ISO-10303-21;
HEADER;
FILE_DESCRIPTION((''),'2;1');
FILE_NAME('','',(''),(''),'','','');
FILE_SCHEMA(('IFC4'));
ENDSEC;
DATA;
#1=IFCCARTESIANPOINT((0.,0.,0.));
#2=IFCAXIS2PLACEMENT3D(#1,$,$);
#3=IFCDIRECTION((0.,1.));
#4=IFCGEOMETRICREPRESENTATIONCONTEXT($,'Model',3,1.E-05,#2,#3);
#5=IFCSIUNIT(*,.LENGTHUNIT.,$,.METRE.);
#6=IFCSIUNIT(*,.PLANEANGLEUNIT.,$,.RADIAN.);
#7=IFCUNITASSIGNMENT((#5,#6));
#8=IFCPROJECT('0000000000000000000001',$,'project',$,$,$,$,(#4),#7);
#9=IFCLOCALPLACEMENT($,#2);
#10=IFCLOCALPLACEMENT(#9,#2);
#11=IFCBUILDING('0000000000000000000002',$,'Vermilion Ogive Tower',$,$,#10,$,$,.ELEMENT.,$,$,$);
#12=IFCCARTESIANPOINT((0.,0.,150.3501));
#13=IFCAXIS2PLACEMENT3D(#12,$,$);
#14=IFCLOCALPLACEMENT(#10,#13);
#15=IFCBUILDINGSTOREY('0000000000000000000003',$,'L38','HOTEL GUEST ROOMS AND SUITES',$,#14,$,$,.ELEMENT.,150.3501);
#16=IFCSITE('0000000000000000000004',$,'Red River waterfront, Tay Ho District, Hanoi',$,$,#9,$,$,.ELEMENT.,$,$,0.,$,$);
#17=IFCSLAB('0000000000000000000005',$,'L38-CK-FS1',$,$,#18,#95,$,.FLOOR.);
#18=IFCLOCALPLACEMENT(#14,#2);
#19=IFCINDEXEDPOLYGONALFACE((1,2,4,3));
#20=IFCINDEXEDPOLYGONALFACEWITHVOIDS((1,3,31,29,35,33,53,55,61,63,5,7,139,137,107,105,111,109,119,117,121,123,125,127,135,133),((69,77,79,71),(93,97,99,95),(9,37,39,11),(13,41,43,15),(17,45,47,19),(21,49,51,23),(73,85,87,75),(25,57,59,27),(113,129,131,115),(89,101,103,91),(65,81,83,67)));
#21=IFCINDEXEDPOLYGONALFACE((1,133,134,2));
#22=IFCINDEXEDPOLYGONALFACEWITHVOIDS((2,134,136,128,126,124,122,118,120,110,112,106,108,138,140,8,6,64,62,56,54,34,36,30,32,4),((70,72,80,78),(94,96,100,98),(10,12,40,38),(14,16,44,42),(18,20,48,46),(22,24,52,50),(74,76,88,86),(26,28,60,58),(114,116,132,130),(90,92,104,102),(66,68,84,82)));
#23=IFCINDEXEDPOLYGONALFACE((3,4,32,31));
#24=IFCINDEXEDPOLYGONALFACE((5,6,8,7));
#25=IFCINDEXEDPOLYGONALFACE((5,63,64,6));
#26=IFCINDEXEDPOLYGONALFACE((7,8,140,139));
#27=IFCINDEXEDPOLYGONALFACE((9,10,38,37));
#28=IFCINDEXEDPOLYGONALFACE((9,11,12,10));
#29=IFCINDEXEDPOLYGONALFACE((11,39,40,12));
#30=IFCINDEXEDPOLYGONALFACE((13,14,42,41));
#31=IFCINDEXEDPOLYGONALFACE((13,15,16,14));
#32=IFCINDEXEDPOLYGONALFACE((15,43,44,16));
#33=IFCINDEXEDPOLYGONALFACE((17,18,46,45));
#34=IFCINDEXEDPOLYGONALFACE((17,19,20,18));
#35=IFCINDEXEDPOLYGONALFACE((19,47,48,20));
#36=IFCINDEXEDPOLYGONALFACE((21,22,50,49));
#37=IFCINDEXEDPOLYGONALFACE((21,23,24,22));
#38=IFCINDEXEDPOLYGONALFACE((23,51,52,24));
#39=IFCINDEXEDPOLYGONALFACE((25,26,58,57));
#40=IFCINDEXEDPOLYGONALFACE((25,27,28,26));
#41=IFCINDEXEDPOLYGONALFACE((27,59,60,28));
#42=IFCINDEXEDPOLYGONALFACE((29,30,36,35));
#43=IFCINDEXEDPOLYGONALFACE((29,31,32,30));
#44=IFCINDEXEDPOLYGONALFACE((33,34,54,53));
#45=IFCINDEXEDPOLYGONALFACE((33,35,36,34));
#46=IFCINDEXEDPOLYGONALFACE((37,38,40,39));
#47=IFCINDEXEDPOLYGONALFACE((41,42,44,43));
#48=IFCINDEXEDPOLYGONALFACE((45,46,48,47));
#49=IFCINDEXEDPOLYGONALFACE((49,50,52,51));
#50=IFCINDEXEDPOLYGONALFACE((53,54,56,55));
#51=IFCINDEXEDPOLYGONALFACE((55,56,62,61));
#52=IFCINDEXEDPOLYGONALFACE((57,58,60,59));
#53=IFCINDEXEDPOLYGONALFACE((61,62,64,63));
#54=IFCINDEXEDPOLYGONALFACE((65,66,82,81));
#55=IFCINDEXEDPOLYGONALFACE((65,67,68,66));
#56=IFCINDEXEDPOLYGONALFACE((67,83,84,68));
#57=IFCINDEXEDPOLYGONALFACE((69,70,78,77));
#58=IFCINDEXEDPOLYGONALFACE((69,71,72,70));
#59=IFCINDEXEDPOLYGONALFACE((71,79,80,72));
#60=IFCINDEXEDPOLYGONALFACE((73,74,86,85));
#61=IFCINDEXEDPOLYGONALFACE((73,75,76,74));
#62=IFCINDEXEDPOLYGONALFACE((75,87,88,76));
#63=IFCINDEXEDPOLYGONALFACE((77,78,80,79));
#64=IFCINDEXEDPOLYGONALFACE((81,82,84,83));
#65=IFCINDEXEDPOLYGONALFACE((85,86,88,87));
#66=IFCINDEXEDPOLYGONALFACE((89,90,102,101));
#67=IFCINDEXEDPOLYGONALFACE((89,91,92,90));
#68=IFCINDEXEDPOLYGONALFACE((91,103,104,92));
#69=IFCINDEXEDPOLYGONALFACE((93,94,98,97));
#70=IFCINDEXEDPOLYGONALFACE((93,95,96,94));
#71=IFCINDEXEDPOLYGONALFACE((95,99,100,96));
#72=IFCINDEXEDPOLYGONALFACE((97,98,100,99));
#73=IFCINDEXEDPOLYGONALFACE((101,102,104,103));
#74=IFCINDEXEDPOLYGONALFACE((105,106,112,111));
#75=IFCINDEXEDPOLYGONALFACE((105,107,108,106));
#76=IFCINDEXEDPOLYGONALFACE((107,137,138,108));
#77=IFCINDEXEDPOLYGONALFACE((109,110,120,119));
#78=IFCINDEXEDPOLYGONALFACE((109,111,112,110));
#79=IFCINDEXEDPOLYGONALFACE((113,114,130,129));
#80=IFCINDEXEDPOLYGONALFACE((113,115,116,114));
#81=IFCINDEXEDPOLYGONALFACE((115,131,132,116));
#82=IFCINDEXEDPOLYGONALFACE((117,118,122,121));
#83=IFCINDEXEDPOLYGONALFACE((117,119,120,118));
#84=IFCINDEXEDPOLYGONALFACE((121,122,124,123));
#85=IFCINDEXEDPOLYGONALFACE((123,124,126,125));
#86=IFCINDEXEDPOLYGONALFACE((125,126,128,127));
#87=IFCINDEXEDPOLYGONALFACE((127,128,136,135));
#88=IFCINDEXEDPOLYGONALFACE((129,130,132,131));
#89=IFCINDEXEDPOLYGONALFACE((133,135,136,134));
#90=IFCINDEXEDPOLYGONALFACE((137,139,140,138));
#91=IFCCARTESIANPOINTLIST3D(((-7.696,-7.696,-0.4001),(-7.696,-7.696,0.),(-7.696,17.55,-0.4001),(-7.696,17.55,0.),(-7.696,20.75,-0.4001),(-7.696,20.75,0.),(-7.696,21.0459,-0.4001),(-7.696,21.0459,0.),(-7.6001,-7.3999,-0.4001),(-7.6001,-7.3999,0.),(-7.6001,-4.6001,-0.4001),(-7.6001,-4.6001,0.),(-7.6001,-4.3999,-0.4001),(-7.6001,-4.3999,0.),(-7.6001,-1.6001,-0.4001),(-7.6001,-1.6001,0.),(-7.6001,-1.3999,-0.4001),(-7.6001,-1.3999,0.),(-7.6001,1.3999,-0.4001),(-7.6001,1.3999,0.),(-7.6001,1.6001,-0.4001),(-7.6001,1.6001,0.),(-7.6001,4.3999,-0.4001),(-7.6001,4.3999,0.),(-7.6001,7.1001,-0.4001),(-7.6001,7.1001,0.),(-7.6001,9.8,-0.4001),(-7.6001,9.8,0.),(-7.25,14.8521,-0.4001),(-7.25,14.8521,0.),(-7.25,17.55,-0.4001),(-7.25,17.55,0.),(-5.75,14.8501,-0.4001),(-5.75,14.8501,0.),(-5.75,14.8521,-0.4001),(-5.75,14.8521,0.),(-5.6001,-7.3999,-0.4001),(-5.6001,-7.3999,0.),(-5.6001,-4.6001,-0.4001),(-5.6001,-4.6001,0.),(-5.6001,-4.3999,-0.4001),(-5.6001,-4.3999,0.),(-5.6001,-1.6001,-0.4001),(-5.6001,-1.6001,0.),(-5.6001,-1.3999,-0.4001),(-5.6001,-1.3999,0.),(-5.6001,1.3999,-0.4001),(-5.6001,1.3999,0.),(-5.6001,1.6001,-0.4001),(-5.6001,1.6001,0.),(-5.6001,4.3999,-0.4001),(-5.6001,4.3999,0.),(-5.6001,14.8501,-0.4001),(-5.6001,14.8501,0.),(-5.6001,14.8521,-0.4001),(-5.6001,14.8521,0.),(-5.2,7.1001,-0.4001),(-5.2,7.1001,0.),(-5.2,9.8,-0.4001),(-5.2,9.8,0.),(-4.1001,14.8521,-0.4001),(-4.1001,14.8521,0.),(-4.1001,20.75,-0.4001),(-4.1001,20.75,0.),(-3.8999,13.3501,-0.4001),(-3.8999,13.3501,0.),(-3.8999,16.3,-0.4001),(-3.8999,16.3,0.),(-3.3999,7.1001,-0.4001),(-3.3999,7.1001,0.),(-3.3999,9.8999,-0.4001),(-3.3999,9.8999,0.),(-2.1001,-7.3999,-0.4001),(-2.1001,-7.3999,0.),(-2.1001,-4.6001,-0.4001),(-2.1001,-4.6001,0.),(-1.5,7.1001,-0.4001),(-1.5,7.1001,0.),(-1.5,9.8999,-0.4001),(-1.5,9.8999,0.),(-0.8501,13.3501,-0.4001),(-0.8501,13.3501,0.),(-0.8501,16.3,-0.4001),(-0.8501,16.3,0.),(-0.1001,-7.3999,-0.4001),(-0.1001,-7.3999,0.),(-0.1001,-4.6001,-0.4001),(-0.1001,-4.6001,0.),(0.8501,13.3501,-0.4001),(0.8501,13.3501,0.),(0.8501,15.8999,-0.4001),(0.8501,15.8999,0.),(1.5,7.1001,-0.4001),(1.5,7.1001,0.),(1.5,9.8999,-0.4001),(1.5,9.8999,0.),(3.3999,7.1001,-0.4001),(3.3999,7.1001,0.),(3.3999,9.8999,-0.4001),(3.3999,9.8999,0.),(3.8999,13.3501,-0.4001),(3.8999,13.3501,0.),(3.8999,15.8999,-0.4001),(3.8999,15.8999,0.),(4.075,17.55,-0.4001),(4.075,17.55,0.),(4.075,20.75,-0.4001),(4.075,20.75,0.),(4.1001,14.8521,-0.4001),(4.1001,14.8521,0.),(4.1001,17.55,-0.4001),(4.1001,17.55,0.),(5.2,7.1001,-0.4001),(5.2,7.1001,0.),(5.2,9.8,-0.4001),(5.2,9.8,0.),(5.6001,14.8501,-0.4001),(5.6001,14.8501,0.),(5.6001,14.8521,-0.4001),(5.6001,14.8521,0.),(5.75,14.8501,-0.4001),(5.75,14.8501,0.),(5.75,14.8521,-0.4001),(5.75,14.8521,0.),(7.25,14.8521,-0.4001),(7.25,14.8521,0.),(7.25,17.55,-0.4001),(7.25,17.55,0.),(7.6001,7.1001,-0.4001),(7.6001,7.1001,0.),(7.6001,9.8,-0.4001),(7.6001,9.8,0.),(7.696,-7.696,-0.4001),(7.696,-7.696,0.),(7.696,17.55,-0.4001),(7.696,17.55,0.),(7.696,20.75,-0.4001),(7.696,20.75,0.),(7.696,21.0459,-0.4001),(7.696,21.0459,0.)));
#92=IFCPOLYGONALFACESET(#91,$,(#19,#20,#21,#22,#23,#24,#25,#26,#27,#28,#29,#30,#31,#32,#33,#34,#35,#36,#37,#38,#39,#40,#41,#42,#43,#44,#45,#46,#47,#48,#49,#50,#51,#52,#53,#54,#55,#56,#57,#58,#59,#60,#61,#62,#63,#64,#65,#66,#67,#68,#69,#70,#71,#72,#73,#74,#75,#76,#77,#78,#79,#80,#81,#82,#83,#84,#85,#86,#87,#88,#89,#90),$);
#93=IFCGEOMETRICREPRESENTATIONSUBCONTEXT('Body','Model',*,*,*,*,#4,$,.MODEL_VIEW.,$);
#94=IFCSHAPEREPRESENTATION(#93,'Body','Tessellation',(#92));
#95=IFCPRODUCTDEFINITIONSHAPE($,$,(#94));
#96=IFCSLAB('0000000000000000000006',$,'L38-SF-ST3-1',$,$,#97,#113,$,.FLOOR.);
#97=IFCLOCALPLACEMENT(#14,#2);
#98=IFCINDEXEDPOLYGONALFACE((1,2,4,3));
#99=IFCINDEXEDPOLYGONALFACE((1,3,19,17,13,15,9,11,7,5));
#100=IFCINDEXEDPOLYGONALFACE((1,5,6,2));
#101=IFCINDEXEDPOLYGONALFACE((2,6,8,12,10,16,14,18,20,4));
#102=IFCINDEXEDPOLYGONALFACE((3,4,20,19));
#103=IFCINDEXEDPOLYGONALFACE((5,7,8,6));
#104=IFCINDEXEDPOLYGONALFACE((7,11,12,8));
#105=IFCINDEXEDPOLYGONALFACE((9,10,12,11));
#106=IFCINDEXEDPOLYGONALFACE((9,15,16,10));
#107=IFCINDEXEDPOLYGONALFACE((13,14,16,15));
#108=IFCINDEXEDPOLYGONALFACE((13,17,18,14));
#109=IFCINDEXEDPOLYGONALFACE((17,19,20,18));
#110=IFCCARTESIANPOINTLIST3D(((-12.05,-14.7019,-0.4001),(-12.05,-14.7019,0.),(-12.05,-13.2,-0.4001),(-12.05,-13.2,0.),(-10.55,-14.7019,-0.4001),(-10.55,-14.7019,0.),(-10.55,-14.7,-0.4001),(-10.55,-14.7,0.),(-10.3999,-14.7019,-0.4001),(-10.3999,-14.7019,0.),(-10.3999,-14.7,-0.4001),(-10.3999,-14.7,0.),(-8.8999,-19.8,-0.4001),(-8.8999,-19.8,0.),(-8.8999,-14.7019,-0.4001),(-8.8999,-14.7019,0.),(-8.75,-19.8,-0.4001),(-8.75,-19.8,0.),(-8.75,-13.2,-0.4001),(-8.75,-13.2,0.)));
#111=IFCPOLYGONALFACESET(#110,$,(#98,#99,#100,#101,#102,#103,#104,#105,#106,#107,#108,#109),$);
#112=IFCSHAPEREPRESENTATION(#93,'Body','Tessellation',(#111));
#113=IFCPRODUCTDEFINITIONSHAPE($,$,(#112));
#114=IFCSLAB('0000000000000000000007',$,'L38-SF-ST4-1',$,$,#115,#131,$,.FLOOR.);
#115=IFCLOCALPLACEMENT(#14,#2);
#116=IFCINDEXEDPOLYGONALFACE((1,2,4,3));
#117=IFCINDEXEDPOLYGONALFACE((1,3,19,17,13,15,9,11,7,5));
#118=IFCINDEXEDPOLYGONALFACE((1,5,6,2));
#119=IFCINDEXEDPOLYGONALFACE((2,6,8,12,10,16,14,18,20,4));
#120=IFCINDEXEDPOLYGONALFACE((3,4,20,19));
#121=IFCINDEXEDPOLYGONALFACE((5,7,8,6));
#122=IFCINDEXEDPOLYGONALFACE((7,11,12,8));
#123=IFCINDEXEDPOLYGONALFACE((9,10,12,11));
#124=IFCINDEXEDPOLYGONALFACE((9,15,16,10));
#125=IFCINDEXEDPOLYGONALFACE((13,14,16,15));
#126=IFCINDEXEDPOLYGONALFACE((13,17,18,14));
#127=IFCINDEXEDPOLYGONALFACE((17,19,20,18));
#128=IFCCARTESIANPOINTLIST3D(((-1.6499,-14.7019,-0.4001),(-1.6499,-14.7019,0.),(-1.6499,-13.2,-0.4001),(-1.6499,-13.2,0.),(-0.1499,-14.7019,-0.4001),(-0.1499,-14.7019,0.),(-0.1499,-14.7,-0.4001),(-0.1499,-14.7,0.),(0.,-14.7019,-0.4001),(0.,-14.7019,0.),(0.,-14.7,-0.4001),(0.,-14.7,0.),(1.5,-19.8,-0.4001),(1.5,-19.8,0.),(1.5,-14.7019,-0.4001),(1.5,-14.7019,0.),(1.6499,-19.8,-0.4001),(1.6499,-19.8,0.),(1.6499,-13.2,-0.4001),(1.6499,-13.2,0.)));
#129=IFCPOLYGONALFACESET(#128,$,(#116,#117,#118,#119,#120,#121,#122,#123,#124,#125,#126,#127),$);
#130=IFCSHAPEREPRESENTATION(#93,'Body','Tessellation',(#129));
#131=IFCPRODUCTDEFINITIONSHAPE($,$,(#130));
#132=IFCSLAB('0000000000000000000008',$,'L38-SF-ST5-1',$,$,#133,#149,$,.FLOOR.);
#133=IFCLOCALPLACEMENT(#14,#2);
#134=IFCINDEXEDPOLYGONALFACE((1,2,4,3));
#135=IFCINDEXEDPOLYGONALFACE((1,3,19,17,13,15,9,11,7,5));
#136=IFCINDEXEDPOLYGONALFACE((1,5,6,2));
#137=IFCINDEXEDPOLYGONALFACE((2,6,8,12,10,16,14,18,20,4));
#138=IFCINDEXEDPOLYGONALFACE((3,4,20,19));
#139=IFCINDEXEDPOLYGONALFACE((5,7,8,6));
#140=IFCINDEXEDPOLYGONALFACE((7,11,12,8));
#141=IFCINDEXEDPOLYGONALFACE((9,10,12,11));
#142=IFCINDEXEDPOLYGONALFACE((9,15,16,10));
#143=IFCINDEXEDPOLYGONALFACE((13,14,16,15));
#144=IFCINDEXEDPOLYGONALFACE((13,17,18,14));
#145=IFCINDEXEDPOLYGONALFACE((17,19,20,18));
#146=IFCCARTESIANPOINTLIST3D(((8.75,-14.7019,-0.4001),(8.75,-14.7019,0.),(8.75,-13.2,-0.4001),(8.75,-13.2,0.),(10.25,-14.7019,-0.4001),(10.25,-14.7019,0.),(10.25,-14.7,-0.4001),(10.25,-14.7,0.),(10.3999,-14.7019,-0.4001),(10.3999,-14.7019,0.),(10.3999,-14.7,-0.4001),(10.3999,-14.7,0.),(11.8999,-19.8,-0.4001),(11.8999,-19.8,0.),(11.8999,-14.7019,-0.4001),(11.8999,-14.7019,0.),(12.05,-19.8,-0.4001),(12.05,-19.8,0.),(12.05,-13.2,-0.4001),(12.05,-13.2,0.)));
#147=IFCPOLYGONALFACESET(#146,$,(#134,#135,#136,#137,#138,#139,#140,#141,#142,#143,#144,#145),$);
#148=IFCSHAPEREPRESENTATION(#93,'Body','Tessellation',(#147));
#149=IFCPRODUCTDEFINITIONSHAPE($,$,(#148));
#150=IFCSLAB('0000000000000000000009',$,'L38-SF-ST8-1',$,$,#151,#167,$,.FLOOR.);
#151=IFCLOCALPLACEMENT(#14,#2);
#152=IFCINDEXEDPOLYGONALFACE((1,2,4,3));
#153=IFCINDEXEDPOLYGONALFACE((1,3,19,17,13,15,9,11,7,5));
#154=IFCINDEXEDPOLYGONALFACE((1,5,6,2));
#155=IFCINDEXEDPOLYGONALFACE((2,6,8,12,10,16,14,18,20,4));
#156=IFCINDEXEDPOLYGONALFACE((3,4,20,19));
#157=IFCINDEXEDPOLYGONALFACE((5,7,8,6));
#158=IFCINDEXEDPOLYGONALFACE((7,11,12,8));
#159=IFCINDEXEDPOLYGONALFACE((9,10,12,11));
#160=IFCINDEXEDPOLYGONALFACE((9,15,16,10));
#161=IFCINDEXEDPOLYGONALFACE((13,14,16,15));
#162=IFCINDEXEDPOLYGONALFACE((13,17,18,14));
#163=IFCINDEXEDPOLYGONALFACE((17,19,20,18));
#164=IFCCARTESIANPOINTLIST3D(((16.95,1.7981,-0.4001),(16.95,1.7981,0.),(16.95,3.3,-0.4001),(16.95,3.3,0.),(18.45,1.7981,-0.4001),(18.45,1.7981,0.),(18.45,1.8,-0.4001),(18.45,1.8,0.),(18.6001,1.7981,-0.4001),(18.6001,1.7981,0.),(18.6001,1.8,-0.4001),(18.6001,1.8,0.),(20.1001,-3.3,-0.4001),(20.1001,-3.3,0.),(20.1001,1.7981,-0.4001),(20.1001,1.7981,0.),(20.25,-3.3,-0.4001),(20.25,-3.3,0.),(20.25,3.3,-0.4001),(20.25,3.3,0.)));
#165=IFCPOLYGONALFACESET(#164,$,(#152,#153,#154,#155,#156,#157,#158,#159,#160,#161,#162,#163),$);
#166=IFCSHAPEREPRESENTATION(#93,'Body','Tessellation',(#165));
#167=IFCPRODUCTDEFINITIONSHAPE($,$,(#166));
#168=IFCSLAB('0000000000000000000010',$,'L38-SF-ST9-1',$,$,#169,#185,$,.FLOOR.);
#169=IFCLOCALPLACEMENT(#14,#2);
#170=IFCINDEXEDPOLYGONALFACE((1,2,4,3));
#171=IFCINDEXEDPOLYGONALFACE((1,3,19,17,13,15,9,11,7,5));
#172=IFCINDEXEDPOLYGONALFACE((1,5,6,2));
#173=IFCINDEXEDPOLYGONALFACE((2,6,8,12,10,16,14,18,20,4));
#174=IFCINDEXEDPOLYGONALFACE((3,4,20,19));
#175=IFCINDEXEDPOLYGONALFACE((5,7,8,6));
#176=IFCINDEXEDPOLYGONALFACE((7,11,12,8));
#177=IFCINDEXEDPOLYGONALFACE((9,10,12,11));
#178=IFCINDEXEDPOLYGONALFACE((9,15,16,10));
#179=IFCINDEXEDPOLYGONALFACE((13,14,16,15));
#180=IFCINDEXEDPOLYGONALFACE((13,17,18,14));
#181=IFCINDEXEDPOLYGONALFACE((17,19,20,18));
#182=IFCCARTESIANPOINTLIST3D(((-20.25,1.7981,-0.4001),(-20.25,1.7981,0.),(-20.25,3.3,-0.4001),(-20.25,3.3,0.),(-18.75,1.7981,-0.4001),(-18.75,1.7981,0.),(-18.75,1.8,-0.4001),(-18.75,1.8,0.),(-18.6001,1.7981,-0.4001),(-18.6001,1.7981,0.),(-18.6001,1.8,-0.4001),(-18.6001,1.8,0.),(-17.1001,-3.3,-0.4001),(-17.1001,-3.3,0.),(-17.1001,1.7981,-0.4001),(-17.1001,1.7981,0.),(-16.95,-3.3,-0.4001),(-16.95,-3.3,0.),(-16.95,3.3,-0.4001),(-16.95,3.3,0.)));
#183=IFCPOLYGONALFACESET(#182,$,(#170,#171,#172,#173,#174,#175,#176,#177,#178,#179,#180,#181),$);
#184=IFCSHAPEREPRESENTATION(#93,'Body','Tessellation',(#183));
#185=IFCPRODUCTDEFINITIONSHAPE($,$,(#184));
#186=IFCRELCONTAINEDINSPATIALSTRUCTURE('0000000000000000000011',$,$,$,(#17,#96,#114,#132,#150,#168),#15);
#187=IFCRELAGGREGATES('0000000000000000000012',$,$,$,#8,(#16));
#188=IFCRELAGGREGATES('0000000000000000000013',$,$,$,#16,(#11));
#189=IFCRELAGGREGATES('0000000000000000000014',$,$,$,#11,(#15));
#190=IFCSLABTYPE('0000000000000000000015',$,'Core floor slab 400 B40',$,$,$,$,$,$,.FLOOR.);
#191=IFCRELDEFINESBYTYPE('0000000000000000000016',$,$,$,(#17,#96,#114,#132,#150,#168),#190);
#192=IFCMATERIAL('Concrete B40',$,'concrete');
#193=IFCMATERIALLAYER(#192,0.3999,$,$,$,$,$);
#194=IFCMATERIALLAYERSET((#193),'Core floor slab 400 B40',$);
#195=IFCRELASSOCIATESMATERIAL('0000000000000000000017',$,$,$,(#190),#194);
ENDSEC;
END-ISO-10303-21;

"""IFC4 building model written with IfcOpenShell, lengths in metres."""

from ifc_helpers import new_model, si_unit, direction, frame, origin, place, context, subcontext, project, spatial, polyline, outline, extrude, material, layer, layer_set, type_object, element, save


model = new_model("IFC4")

# Units and contexts
model_context = context("Model", 3, precision=1e-05, world=origin(), true_north=direction((0.0, 1.0)))
body_context = subcontext(model_context, "Body", "Model", "MODEL_VIEW")
ifc_project = project(units=[si_unit("LENGTHUNIT", "METRE"), si_unit("PLANEANGLEUNIT", "RADIAN")], contexts=[model_context])

# Site, building, storey
site_placement = place(None, origin())
site = spatial("IfcSite", under=ifc_project, at=site_placement, Name="Red River waterfront, Tay Ho District, Hanoi", CompositionType="ELEMENT", RefElevation=0.0)
building_placement = place(site_placement, origin())
building = spatial("IfcBuilding", under=site, at=building_placement, Name="Vermilion Ogive Tower", CompositionType="ELEMENT")
storey_placement = place(building_placement, frame((0.0, 0.0, 150.3501)))
storey = spatial("IfcBuildingStorey", under=building, at=storey_placement, Name="L38", Description="HOTEL GUEST ROOMS AND SUITES", CompositionType="ELEMENT", Elevation=150.3501)

# Slabs
ifc_material_1 = material(Name="Concrete B40", Category="concrete")
ifc_layer_1 = layer(ifc_material_1, 0.3999)
ifc_layer_set_1 = layer_set([ifc_layer_1], Name="Core floor slab 400 B40")
slab_type_1 = type_object("IfcSlabType", Name="Core floor slab 400 B40", PredefinedType="FLOOR", material=ifc_layer_set_1)
slab_1_placement = place(storey_placement, frame((0.0, 0.0, -0.4001)))
element("IfcSlab", 1, at=slab_1_placement, inside=storey, type_object=slab_type_1, Name="L38-CK-FS1", PredefinedType="FLOOR", context=body_context, shape_type="SweptSolid", body=[
    extrude(outline(polyline([(5.75, 14.8501), (5.6001, 14.8501), (5.6001, 14.8521), (4.1001, 14.8521), (4.1001, 17.55), (4.075, 17.55), (4.075, 20.75), (7.696, 20.75), (7.696, 21.0459), (-7.696, 21.0459), (-7.696, 20.75), (-4.1001, 20.75), (-4.1001, 14.8521), (-5.6001, 14.8521), (-5.6001, 14.8501), (-5.75, 14.8501), (-5.75, 14.8521), (-7.25, 14.8521), (-7.25, 17.55), (-7.696, 17.55), (-7.696, -7.696), (7.696, -7.696), (7.696, 17.55), (7.25, 17.55), (7.25, 14.8521), (5.75, 14.8521), (5.75, 14.8501)]), holes=[polyline([(-7.6001, -7.3999), (-7.6001, -4.6001), (-5.6001, -4.6001), (-5.6001, -7.3999), (-7.6001, -7.3999)]), polyline([(-7.6001, -4.3999), (-7.6001, -1.6001), (-5.6001, -1.6001), (-5.6001, -4.3999), (-7.6001, -4.3999)]), polyline([(-7.6001, -1.3999), (-7.6001, 1.3999), (-5.6001, 1.3999), (-5.6001, -1.3999), (-7.6001, -1.3999)]), polyline([(-7.6001, 1.6001), (-7.6001, 4.3999), (-5.6001, 4.3999), (-5.6001, 1.6001), (-7.6001, 1.6001)]), polyline([(-7.6001, 7.1001), (-7.6001, 9.8), (-5.2, 9.8), (-5.2, 7.1001), (-7.6001, 7.1001)]), polyline([(-3.3999, 9.8999), (-1.5, 9.8999), (-1.5, 7.1001), (-3.3999, 7.1001), (-3.3999, 9.8999)]), polyline([(-2.1001, -7.3999), (-2.1001, -4.6001), (-0.1001, -4.6001), (-0.1001, -7.3999), (-2.1001, -7.3999)]), polyline([(5.2, 7.1001), (5.2, 9.8), (7.6001, 9.8), (7.6001, 7.1001), (5.2, 7.1001)]), polyline([(1.5, 7.1001), (1.5, 9.8999), (3.3999, 9.8999), (3.3999, 7.1001), (1.5, 7.1001)]), polyline([(0.8501, 13.3501), (0.8501, 15.8999), (3.8999, 15.8999), (3.8999, 13.3501), (0.8501, 13.3501)]), polyline([(-3.8999, 16.3), (-0.8501, 16.3), (-0.8501, 13.3501), (-3.8999, 13.3501), (-3.8999, 16.3)])]), origin(), (0.0, 0.0, 1.0), 0.4001),
])
slab_2_placement = place(storey_placement, frame((0.0, 0.0, -0.4001)))
element("IfcSlab", 2, at=slab_2_placement, inside=storey, type_object=slab_type_1, Name="L38-SF-ST3-1", PredefinedType="FLOOR", context=body_context, shape_type="SweptSolid", body=[
    extrude(outline(polyline([(-12.05, -13.2), (-12.05, -14.7019), (-10.55, -14.7019), (-10.55, -14.7), (-10.3999, -14.7), (-10.3999, -14.7019), (-8.8999, -14.7019), (-8.8999, -19.8), (-8.75, -19.8), (-8.75, -13.2), (-12.05, -13.2)])), origin(), (0.0, 0.0, 1.0), 0.4001),
])
slab_3_placement = place(storey_placement, frame((0.0, 0.0, -0.4001)))
element("IfcSlab", 3, at=slab_3_placement, inside=storey, type_object=slab_type_1, Name="L38-SF-ST4-1", PredefinedType="FLOOR", context=body_context, shape_type="SweptSolid", body=[
    extrude(outline(polyline([(-1.6499, -13.2), (-1.6499, -14.7019), (-0.1499, -14.7019), (-0.1499, -14.7), (0.0, -14.7), (0.0, -14.7019), (1.5, -14.7019), (1.5, -19.8), (1.6499, -19.8), (1.6499, -13.2), (-1.6499, -13.2)])), origin(), (0.0, 0.0, 1.0), 0.4001),
])
slab_4_placement = place(storey_placement, frame((0.0, 0.0, -0.4001)))
element("IfcSlab", 4, at=slab_4_placement, inside=storey, type_object=slab_type_1, Name="L38-SF-ST5-1", PredefinedType="FLOOR", context=body_context, shape_type="SweptSolid", body=[
    extrude(outline(polyline([(8.75, -13.2), (8.75, -14.7019), (10.25, -14.7019), (10.25, -14.7), (10.3999, -14.7), (10.3999, -14.7019), (11.8999, -14.7019), (11.8999, -19.8), (12.05, -19.8), (12.05, -13.2), (8.75, -13.2)])), origin(), (0.0, 0.0, 1.0), 0.4001),
])
slab_5_placement = place(storey_placement, frame((0.0, 0.0, -0.4001)))
element("IfcSlab", 5, at=slab_5_placement, inside=storey, type_object=slab_type_1, Name="L38-SF-ST8-1", PredefinedType="FLOOR", context=body_context, shape_type="SweptSolid", body=[
    extrude(outline(polyline([(16.95, 3.3), (16.95, 1.7981), (18.45, 1.7981), (18.45, 1.8), (18.6001, 1.8), (18.6001, 1.7981), (20.1001, 1.7981), (20.1001, -3.3), (20.25, -3.3), (20.25, 3.3), (16.95, 3.3)])), origin(), (0.0, 0.0, 1.0), 0.4001),
])
slab_6_placement = place(storey_placement, frame((0.0, 0.0, -0.4001)))
element("IfcSlab", 6, at=slab_6_placement, inside=storey, type_object=slab_type_1, Name="L38-SF-ST9-1", PredefinedType="FLOOR", context=body_context, shape_type="SweptSolid", body=[
    extrude(outline(polyline([(-20.25, 3.3), (-20.25, 1.7981), (-18.75, 1.7981), (-18.75, 1.8), (-18.6001, 1.8), (-18.6001, 1.7981), (-17.1001, 1.7981), (-17.1001, -3.3), (-16.95, -3.3), (-16.95, 3.3), (-20.25, 3.3)])), origin(), (0.0, 0.0, 1.0), 0.4001),
])

save(model, "model.ifc")
